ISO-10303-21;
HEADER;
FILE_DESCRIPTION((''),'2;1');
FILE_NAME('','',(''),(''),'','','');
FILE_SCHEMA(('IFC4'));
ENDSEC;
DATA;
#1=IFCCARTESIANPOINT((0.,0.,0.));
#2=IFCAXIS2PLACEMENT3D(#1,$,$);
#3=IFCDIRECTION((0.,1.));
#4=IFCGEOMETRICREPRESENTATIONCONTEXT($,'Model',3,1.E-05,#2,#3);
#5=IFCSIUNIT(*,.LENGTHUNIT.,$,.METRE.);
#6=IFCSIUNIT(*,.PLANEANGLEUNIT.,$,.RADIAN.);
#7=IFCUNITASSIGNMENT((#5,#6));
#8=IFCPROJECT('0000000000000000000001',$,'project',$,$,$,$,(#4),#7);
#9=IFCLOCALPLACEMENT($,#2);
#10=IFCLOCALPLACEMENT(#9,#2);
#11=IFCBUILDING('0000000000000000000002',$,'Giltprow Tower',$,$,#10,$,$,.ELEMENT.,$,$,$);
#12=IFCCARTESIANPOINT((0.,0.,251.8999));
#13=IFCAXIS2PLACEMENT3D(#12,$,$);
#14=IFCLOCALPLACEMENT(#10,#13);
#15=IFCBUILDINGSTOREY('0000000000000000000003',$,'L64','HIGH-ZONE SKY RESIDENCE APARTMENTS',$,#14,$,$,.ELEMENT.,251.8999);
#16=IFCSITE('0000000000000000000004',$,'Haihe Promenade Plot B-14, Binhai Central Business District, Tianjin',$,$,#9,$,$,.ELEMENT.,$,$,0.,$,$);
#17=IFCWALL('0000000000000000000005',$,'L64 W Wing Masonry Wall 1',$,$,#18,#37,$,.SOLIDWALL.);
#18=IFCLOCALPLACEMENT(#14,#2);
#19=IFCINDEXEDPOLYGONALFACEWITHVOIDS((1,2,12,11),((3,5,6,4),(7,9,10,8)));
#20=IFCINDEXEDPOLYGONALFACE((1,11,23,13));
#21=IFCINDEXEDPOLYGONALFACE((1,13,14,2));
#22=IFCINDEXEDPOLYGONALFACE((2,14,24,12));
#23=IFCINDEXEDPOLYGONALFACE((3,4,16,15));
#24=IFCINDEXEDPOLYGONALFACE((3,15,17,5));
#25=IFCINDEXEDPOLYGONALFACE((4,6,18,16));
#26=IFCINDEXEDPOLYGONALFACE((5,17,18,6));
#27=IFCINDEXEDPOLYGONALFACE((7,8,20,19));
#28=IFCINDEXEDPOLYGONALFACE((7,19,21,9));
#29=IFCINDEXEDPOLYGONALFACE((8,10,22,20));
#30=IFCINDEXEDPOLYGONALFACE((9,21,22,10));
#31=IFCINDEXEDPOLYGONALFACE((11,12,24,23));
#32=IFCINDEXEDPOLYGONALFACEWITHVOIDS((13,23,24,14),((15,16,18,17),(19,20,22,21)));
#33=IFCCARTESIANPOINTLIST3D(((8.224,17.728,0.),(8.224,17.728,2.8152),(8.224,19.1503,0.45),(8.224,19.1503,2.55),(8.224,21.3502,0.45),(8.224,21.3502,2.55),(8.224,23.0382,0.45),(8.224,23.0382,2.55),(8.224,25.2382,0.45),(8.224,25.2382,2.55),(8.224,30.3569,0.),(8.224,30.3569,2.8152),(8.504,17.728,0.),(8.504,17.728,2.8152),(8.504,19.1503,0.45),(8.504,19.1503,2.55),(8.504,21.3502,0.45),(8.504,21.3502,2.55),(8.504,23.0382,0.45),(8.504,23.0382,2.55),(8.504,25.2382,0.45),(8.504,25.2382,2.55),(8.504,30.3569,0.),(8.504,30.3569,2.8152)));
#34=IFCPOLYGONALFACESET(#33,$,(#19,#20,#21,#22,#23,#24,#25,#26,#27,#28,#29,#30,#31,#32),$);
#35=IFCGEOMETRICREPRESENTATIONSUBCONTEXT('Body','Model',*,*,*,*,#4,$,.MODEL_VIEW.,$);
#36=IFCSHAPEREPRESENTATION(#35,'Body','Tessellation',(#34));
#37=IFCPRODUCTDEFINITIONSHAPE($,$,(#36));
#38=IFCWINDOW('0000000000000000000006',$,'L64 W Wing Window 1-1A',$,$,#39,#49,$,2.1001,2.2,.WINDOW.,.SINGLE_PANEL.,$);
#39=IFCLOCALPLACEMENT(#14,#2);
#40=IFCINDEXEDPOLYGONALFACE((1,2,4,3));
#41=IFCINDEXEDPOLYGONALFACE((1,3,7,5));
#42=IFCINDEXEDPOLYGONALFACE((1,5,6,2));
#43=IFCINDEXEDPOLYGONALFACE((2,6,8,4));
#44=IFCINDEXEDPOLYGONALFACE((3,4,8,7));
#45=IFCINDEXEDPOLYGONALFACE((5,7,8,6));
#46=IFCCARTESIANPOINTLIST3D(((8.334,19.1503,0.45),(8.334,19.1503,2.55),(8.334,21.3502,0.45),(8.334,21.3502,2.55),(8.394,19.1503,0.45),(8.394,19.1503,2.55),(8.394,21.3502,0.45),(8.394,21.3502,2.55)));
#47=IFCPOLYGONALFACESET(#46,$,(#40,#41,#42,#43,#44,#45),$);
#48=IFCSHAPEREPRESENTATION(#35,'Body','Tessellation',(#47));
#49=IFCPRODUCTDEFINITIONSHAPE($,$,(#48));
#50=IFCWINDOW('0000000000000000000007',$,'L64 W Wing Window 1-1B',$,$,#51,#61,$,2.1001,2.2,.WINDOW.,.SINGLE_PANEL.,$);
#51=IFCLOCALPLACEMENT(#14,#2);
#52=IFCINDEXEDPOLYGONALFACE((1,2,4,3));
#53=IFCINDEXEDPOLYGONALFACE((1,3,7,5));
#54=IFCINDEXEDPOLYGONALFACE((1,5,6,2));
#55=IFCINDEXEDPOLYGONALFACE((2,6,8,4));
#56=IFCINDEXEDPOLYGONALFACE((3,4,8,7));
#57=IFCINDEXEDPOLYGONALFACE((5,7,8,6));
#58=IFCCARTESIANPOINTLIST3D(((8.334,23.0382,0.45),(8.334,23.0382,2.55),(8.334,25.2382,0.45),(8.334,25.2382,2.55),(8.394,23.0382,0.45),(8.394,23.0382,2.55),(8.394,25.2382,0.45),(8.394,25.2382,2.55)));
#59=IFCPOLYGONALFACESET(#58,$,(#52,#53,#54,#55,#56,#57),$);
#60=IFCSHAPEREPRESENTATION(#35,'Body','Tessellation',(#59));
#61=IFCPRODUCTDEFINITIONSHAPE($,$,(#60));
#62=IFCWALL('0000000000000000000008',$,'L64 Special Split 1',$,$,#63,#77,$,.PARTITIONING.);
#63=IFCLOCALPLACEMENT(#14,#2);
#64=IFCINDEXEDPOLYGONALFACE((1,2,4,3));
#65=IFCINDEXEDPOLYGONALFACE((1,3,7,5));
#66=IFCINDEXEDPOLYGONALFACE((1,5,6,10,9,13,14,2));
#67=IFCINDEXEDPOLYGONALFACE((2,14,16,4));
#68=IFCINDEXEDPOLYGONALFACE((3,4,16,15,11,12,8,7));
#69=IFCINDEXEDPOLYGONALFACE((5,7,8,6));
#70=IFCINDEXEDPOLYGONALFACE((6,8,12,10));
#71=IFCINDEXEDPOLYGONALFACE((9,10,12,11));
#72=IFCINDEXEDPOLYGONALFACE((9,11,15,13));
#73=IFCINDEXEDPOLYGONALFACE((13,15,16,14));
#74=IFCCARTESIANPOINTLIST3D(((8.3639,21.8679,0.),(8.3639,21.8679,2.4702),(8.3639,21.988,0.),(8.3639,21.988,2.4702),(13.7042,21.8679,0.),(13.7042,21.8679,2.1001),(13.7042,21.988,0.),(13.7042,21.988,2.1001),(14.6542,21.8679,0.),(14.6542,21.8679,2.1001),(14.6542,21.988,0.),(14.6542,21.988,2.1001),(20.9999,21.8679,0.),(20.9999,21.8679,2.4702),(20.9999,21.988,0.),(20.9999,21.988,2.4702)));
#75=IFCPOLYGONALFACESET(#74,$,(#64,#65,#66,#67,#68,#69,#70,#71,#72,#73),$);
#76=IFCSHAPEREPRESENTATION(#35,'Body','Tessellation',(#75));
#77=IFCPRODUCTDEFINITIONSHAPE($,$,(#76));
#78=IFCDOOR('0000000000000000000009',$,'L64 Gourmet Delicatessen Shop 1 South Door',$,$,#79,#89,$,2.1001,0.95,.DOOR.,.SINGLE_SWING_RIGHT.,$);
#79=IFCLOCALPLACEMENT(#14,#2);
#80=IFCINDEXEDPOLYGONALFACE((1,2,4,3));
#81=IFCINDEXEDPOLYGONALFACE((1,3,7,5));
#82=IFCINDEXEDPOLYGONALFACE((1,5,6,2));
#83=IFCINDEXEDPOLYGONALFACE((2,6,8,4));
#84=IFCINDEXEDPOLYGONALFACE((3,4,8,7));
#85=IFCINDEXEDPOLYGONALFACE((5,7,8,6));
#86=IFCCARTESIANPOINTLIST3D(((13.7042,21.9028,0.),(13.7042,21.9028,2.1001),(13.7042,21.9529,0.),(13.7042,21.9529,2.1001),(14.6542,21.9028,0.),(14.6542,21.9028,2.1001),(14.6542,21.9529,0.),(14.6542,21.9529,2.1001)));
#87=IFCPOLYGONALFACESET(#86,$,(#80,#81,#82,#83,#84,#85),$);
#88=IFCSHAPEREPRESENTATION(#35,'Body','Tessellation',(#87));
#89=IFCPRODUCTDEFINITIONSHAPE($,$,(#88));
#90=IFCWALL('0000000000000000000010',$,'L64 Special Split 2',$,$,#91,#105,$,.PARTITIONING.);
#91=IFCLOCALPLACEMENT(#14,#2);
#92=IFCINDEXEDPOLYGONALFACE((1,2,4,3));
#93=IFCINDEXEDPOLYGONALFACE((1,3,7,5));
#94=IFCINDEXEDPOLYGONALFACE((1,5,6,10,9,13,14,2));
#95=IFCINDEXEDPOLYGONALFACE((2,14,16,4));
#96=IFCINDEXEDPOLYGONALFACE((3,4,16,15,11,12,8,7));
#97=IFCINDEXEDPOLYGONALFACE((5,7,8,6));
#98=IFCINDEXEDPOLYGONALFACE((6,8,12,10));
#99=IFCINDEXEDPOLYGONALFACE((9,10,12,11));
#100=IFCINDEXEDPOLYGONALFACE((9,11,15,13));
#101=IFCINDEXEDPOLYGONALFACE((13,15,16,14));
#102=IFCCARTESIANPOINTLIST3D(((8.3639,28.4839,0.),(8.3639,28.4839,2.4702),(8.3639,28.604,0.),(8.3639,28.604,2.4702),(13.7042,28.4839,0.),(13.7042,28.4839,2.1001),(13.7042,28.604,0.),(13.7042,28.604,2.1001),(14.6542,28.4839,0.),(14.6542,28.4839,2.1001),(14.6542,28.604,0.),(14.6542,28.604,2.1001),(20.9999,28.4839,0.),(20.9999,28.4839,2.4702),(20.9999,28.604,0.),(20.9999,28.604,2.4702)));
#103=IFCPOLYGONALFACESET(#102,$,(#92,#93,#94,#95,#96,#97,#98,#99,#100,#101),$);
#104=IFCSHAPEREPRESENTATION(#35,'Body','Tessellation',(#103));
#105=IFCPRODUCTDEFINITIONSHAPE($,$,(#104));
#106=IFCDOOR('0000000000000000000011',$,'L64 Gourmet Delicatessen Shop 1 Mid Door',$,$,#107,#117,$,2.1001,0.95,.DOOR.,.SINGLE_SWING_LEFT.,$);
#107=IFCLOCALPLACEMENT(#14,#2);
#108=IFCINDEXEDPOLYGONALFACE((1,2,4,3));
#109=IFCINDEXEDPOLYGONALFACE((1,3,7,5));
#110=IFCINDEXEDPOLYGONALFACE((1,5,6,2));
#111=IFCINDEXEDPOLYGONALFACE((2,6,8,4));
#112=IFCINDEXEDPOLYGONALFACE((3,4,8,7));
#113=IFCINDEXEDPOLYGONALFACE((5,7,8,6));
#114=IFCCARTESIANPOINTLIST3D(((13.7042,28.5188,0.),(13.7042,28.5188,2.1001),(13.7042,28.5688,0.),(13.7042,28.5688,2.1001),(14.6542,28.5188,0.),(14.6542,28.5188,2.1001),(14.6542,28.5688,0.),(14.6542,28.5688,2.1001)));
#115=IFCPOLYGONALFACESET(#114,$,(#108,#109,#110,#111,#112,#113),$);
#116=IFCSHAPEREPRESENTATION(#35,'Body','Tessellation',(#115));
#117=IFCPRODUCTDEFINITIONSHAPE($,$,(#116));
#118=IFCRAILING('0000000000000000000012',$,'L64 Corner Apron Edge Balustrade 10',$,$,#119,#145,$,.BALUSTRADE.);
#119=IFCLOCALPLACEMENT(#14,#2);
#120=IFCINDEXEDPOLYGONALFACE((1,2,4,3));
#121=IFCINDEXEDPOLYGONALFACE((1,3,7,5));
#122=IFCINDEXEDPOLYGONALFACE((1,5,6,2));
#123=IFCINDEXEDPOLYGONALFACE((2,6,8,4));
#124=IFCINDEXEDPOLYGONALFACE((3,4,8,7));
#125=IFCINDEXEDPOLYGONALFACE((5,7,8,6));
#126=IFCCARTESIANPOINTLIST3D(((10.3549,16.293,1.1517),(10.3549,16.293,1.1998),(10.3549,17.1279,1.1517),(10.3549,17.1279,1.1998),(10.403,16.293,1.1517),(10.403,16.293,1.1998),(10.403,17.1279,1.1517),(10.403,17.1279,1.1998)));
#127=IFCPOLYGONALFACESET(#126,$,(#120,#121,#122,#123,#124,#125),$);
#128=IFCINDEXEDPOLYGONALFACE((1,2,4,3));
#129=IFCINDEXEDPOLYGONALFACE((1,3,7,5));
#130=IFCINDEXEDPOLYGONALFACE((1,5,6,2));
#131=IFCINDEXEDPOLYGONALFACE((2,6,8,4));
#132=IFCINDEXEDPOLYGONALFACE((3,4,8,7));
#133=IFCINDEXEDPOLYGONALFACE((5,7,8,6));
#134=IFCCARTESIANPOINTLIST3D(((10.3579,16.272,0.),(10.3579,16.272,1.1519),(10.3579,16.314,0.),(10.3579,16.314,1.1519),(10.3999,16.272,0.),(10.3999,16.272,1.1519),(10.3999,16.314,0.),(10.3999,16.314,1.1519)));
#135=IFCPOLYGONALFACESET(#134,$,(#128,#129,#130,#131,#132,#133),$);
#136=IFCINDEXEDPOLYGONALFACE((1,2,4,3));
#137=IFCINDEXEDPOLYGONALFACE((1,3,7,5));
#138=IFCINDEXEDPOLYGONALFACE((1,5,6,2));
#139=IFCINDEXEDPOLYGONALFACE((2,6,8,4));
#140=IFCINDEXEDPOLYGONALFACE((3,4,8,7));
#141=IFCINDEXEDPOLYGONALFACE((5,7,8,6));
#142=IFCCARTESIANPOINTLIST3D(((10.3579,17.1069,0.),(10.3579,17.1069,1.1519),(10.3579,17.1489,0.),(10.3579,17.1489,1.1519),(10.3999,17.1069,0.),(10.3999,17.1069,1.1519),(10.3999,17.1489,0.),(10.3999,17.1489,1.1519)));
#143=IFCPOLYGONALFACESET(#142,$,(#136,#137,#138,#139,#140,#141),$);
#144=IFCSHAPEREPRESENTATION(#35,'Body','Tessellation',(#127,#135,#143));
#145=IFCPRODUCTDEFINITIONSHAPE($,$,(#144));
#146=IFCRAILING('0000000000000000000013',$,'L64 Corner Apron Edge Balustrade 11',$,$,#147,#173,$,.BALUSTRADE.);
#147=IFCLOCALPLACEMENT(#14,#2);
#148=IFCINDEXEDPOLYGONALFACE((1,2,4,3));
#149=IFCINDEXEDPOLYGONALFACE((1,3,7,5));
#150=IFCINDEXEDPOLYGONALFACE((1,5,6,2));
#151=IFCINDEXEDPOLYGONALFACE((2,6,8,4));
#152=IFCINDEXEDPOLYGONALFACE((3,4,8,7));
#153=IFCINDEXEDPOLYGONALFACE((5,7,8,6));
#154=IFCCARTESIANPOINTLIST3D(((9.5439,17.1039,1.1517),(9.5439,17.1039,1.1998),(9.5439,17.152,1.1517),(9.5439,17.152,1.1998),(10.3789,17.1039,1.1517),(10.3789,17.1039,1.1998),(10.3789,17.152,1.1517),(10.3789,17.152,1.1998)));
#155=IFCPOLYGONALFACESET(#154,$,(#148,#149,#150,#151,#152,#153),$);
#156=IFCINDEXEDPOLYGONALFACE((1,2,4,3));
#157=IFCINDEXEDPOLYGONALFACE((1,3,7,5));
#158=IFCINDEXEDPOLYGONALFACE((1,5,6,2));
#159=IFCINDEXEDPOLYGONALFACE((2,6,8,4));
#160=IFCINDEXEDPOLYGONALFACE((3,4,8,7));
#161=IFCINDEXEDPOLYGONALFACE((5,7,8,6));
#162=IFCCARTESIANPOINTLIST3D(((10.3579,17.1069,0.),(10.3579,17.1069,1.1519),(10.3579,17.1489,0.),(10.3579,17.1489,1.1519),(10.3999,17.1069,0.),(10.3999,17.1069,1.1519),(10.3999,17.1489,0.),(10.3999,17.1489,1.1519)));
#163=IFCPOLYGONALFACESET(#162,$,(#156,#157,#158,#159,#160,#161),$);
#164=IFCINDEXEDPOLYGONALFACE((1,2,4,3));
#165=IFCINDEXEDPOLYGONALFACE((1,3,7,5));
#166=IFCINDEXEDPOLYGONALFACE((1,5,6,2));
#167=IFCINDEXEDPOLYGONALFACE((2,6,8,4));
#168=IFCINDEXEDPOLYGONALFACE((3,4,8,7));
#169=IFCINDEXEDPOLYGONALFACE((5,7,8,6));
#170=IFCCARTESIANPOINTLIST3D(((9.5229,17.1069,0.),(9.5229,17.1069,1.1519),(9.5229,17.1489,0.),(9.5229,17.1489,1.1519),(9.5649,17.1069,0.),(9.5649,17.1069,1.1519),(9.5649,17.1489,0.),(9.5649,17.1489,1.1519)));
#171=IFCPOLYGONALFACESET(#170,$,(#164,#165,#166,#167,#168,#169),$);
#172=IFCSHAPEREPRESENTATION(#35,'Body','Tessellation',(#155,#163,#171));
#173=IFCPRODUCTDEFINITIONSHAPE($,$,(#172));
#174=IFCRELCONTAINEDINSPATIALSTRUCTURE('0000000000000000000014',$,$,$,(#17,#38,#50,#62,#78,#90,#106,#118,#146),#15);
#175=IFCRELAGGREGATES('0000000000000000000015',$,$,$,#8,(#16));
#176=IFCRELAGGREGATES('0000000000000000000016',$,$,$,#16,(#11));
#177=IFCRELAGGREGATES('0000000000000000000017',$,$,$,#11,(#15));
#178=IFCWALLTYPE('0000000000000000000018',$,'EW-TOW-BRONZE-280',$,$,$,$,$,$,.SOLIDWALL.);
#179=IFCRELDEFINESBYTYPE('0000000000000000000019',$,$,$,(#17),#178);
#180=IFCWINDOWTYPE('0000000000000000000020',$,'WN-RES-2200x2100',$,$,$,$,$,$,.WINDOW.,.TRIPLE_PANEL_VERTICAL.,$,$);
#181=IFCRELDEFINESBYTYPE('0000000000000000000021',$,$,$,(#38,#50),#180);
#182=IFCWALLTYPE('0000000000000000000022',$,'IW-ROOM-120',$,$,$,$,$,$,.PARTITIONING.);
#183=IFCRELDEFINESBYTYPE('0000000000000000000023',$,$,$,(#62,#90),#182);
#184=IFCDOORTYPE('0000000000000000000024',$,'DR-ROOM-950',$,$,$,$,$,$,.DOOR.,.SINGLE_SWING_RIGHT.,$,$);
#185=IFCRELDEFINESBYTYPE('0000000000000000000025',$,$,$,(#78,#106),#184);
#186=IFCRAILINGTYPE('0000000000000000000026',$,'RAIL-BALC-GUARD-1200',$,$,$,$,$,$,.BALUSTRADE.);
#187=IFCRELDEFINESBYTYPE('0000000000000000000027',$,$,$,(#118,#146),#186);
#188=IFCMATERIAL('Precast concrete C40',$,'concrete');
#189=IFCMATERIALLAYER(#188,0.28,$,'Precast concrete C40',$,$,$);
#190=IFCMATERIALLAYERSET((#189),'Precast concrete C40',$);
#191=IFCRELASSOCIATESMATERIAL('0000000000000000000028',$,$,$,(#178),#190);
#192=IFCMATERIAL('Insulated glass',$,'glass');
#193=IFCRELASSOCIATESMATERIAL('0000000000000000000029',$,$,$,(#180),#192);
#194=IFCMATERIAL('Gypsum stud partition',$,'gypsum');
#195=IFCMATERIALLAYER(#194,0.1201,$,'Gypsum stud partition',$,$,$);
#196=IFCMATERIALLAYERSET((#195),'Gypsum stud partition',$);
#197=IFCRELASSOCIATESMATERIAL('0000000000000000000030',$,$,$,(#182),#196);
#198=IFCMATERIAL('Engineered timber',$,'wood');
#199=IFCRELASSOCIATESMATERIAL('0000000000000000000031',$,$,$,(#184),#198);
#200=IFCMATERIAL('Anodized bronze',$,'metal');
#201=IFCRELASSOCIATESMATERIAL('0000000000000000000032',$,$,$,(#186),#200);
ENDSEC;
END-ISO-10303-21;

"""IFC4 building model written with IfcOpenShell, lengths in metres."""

from ifc_helpers import new_model, si_unit, direction, frame, frame_2d, origin, origin_2d, place, context, subcontext, project, spatial, rectangle, extrude, source, transform, mapped, material, layer, layer_set, type_object, element, fill, save


model = new_model("IFC4")

# Units and contexts
model_context = context("Model", 3, precision=1e-05, world=origin(), true_north=direction((0.0, 1.0)))
body_context = subcontext(model_context, "Body", "Model", "MODEL_VIEW")
ifc_project = project(units=[si_unit("LENGTHUNIT", "METRE"), si_unit("PLANEANGLEUNIT", "RADIAN")], contexts=[model_context])

# Site, building, storey
site_placement = place(None, origin())
site = spatial("IfcSite", under=ifc_project, at=site_placement, Name="Haihe Promenade Plot B-14, Binhai Central Business District, Tianjin", CompositionType="ELEMENT", RefElevation=0.0)
building_placement = place(site_placement, origin())
building = spatial("IfcBuilding", under=site, at=building_placement, Name="Giltprow Tower", CompositionType="ELEMENT")
storey_placement = place(building_placement, frame((0.0, 0.0, 251.8999)))
storey = spatial("IfcBuildingStorey", under=building, at=storey_placement, Name="L64", Description="HIGH-ZONE SKY RESIDENCE APARTMENTS", CompositionType="ELEMENT", Elevation=251.8999)

# Shared definitions
ifc_material_1 = material(Name="Anodized bronze", Category="metal")

# Shared definitions
ifc_material_2 = material(Name="Insulated glass", Category="glass")

# Shared definitions
ifc_material_3 = material(Name="Precast concrete C40", Category="concrete")

# Wall, openings, windows
ifc_layer_1 = layer(ifc_material_3, 0.28, Name="Precast concrete C40")
ifc_layer_set_1 = layer_set([ifc_layer_1], Name="Precast concrete C40")
wall_type_1 = type_object("IfcWallType", Name="EW-TOW-BRONZE-280", PredefinedType="SOLIDWALL", material=ifc_layer_set_1)
wall_1_placement = place(storey_placement, frame((8.364, 17.728, 0.0), z_axis=(0.0, 0.0, 1.0), x_axis=(0.0, 1.0, 0.0)))
wall_1 = element("IfcWall", 1, at=wall_1_placement, inside=storey, type_object=wall_type_1, Name="L64 W Wing Masonry Wall 1", PredefinedType="SOLIDWALL", context=body_context, shape_type="SweptSolid", body=[
    extrude(rectangle(XDim=12.6289, YDim=0.28, at=frame_2d((6.3145, 0.0))), origin(), (0.0, 0.0, 1.0), 2.8152),
])
opening_1_placement = place(wall_1_placement, frame((1.4221, 0.0, 0.45)))
opening_1 = element("IfcOpeningElement", 2, at=opening_1_placement, cuts=wall_1, PredefinedType="OPENING", context=body_context, shape_type="SweptSolid", body=[
    extrude(rectangle(XDim=2.2, YDim=2.1001, at=frame_2d((1.1001, 1.05))), frame((0.0, 0.1499, 0.0), z_axis=(0.0, -1.0, 0.0), x_axis=(1.0, 0.0, 0.0)), (0.0, 0.0, 1.0), 0.3),
])
opening_2_placement = place(wall_1_placement, frame((5.3101, 0.0, 0.45)))
opening_2 = element("IfcOpeningElement", 3, at=opening_2_placement, cuts=wall_1, PredefinedType="OPENING", context=body_context, shape_type="SweptSolid", body=[
    extrude(rectangle(XDim=2.2, YDim=2.1001, at=frame_2d((1.1001, 1.05))), frame((0.0, 0.1499, 0.0), z_axis=(0.0, -1.0, 0.0), x_axis=(1.0, 0.0, 0.0)), (0.0, 0.0, 1.0), 0.3),
])
window_type_1 = type_object("IfcWindowType", Name="WN-RES-2200x2100", PartitioningType="TRIPLE_PANEL_VERTICAL", PredefinedType="WINDOW", material=ifc_material_2)
shared_shape_1 = source(origin(), body_context, "Body", "SweptSolid", [
    extrude(rectangle(XDim=2.2, YDim=2.1001, at=frame_2d((1.1001, 1.05))), frame((0.0, 0.03, 0.0), z_axis=(0.0, -1.0, 0.0), x_axis=(1.0, 0.0, 0.0)), (0.0, 0.0, 1.0), 0.0601),
])
window_1_placement = place(opening_1_placement, origin())
window_1 = element("IfcWindow", 4, at=window_1_placement, inside=storey, type_object=window_type_1, Name="L64 W Wing Window 1-1A", OverallHeight=2.1001, OverallWidth=2.2, PartitioningType="SINGLE_PANEL", PredefinedType="WINDOW", context=body_context, shape_type="MappedRepresentation", body=[
    mapped(shared_shape_1, transform((0.0, 0.0, 0.0), x_axis=(1.0, 0.0, 0.0), y_axis=(0.0, 1.0, 0.0), z_axis=(0.0, 0.0, 1.0), scale=1.0)),
])
fill(opening_1, window_1)
window_2_placement = place(opening_2_placement, origin())
window_2 = element("IfcWindow", 5, at=window_2_placement, inside=storey, type_object=window_type_1, Name="L64 W Wing Window 1-1B", OverallHeight=2.1001, OverallWidth=2.2, PartitioningType="SINGLE_PANEL", PredefinedType="WINDOW", context=body_context, shape_type="MappedRepresentation", body=[
    mapped(shared_shape_1, transform((0.0, 0.0, 0.0), x_axis=(1.0, 0.0, 0.0), y_axis=(0.0, 1.0, 0.0), z_axis=(0.0, 0.0, 1.0), scale=1.0)),
])
fill(opening_2, window_2)

# Walls, openings, doors
ifc_material_4 = material(Name="Gypsum stud partition", Category="gypsum")
ifc_layer_2 = layer(ifc_material_4, 0.1201, Name="Gypsum stud partition")
ifc_layer_set_2 = layer_set([ifc_layer_2], Name="Gypsum stud partition")
wall_type_2 = type_object("IfcWallType", Name="IW-ROOM-120", PredefinedType="PARTITIONING", material=ifc_layer_set_2)
wall_2_placement = place(storey_placement, frame((8.364, 21.928, 0.0), z_axis=(0.0, 0.0, 1.0), x_axis=(1.0, 0.0, 0.0)))
wall_2 = element("IfcWall", 6, at=wall_2_placement, inside=storey, type_object=wall_type_2, Name="L64 Special Split 1", PredefinedType="PARTITIONING", context=body_context, shape_type="SweptSolid", body=[
    extrude(rectangle(XDim=12.636, YDim=0.1201, at=frame_2d((6.3179, 0.0))), origin(), (0.0, 0.0, 1.0), 2.4702),
])
opening_3_placement = place(wall_2_placement, frame((5.3401, 0.0, 0.0)))
opening_3 = element("IfcOpeningElement", 7, at=opening_3_placement, cuts=wall_2, PredefinedType="OPENING", context=body_context, shape_type="SweptSolid", body=[
    extrude(rectangle(XDim=0.95, YDim=2.1001, at=frame_2d((0.4751, 1.05))), frame((0.0, 0.0701, 0.0), z_axis=(0.0, -1.0, 0.0), x_axis=(1.0, 0.0, 0.0)), (0.0, 0.0, 1.0), 0.1401),
])
ifc_material_5 = material(Name="Engineered timber", Category="wood")
door_type = type_object("IfcDoorType", Name="DR-ROOM-950", OperationType="SINGLE_SWING_RIGHT", PredefinedType="DOOR", material=ifc_material_5)
shared_shape_2 = source(origin(), body_context, "Body", "SweptSolid", [
    extrude(rectangle(XDim=0.95, YDim=2.1001, at=frame_2d((0.4751, 1.05))), frame((0.0, 0.0249, 0.0), z_axis=(0.0, -1.0, 0.0), x_axis=(1.0, 0.0, 0.0)), (0.0, 0.0, 1.0), 0.05),
])
door_1_placement = place(opening_3_placement, origin())
door_1 = element("IfcDoor", 8, at=door_1_placement, inside=storey, type_object=door_type, Name="L64 Gourmet Delicatessen Shop 1 South Door", OperationType="SINGLE_SWING_RIGHT", OverallHeight=2.1001, OverallWidth=0.95, PredefinedType="DOOR", context=body_context, shape_type="MappedRepresentation", body=[
    mapped(shared_shape_2, transform((0.0, 0.0, 0.0), x_axis=(1.0, 0.0, 0.0), y_axis=(0.0, 1.0, 0.0), z_axis=(0.0, 0.0, 1.0), scale=1.0)),
])
fill(opening_3, door_1)
wall_3_placement = place(storey_placement, frame((8.364, 28.5439, 0.0), z_axis=(0.0, 0.0, 1.0), x_axis=(1.0, 0.0, 0.0)))
wall_3 = element("IfcWall", 9, at=wall_3_placement, inside=storey, type_object=wall_type_2, Name="L64 Special Split 2", PredefinedType="PARTITIONING", context=body_context, shape_type="SweptSolid", body=[
    extrude(rectangle(XDim=12.636, YDim=0.1201, at=frame_2d((6.3179, 0.0))), origin(), (0.0, 0.0, 1.0), 2.4702),
])
opening_4_placement = place(wall_3_placement, frame((5.3401, 0.0, 0.0)))
opening_4 = element("IfcOpeningElement", 10, at=opening_4_placement, cuts=wall_3, PredefinedType="OPENING", context=body_context, shape_type="SweptSolid", body=[
    extrude(rectangle(XDim=0.95, YDim=2.1001, at=frame_2d((0.4751, 1.05))), frame((0.0, 0.0701, 0.0), z_axis=(0.0, -1.0, 0.0), x_axis=(1.0, 0.0, 0.0)), (0.0, 0.0, 1.0), 0.1401),
])
door_2_placement = place(opening_4_placement, origin())
door_2 = element("IfcDoor", 11, at=door_2_placement, inside=storey, type_object=door_type, Name="L64 Gourmet Delicatessen Shop 1 Mid Door", OperationType="SINGLE_SWING_LEFT", OverallHeight=2.1001, OverallWidth=0.95, PredefinedType="DOOR", context=body_context, shape_type="MappedRepresentation", body=[
    mapped(shared_shape_2, transform((0.0, 0.0, 0.0), x_axis=(1.0, 0.0, 0.0), y_axis=(0.0, 1.0, 0.0), z_axis=(0.0, 0.0, 1.0), scale=1.0)),
])
fill(opening_4, door_2)

# Railings
railing_type = type_object("IfcRailingType", Name="RAIL-BALC-GUARD-1200", PredefinedType="BALUSTRADE", material=ifc_material_1)
railing_1_placement = place(storey_placement, frame((10.3789, 16.293, 0.0)))
element("IfcRailing", 12, at=railing_1_placement, inside=storey, type_object=railing_type, Name="L64 Corner Apron Edge Balustrade 10", PredefinedType="BALUSTRADE", context=body_context, shape_type="SweptSolid", body=[
    extrude(rectangle(XDim=0.0481, YDim=0.0481, at=origin_2d()), frame((0.0, 0.0, 1.1758), z_axis=(0.0, 1.0, 0.0), x_axis=(-1.0, 0.0, 0.0)), (0.0, 0.0, 1.0), 0.835),
    extrude(rectangle(XDim=0.042, YDim=0.042, at=origin_2d()), origin(), (0.0, 0.0, 1.0), 1.1519),
    extrude(rectangle(XDim=0.042, YDim=0.042, at=origin_2d()), frame((0.0, 0.835, 0.0)), (0.0, 0.0, 1.0), 1.1519),
])
railing_2_placement = place(storey_placement, frame((10.3789, 17.1279, 0.0)))
element("IfcRailing", 13, at=railing_2_placement, inside=storey, type_object=railing_type, Name="L64 Corner Apron Edge Balustrade 11", PredefinedType="BALUSTRADE", context=body_context, shape_type="SweptSolid", body=[
    extrude(rectangle(XDim=0.0481, YDim=0.0481, at=origin_2d()), frame((0.0, 0.0, 1.1758), z_axis=(-1.0, 0.0, 0.0), x_axis=(0.0, -1.0, 0.0)), (0.0, 0.0, 1.0), 0.835),
    extrude(rectangle(XDim=0.042, YDim=0.042, at=origin_2d()), origin(), (0.0, 0.0, 1.0), 1.1519),
    extrude(rectangle(XDim=0.042, YDim=0.042, at=origin_2d()), frame((-0.835, 0.0, 0.0)), (0.0, 0.0, 1.0), 1.1519),
])

save(model, "model.ifc")
